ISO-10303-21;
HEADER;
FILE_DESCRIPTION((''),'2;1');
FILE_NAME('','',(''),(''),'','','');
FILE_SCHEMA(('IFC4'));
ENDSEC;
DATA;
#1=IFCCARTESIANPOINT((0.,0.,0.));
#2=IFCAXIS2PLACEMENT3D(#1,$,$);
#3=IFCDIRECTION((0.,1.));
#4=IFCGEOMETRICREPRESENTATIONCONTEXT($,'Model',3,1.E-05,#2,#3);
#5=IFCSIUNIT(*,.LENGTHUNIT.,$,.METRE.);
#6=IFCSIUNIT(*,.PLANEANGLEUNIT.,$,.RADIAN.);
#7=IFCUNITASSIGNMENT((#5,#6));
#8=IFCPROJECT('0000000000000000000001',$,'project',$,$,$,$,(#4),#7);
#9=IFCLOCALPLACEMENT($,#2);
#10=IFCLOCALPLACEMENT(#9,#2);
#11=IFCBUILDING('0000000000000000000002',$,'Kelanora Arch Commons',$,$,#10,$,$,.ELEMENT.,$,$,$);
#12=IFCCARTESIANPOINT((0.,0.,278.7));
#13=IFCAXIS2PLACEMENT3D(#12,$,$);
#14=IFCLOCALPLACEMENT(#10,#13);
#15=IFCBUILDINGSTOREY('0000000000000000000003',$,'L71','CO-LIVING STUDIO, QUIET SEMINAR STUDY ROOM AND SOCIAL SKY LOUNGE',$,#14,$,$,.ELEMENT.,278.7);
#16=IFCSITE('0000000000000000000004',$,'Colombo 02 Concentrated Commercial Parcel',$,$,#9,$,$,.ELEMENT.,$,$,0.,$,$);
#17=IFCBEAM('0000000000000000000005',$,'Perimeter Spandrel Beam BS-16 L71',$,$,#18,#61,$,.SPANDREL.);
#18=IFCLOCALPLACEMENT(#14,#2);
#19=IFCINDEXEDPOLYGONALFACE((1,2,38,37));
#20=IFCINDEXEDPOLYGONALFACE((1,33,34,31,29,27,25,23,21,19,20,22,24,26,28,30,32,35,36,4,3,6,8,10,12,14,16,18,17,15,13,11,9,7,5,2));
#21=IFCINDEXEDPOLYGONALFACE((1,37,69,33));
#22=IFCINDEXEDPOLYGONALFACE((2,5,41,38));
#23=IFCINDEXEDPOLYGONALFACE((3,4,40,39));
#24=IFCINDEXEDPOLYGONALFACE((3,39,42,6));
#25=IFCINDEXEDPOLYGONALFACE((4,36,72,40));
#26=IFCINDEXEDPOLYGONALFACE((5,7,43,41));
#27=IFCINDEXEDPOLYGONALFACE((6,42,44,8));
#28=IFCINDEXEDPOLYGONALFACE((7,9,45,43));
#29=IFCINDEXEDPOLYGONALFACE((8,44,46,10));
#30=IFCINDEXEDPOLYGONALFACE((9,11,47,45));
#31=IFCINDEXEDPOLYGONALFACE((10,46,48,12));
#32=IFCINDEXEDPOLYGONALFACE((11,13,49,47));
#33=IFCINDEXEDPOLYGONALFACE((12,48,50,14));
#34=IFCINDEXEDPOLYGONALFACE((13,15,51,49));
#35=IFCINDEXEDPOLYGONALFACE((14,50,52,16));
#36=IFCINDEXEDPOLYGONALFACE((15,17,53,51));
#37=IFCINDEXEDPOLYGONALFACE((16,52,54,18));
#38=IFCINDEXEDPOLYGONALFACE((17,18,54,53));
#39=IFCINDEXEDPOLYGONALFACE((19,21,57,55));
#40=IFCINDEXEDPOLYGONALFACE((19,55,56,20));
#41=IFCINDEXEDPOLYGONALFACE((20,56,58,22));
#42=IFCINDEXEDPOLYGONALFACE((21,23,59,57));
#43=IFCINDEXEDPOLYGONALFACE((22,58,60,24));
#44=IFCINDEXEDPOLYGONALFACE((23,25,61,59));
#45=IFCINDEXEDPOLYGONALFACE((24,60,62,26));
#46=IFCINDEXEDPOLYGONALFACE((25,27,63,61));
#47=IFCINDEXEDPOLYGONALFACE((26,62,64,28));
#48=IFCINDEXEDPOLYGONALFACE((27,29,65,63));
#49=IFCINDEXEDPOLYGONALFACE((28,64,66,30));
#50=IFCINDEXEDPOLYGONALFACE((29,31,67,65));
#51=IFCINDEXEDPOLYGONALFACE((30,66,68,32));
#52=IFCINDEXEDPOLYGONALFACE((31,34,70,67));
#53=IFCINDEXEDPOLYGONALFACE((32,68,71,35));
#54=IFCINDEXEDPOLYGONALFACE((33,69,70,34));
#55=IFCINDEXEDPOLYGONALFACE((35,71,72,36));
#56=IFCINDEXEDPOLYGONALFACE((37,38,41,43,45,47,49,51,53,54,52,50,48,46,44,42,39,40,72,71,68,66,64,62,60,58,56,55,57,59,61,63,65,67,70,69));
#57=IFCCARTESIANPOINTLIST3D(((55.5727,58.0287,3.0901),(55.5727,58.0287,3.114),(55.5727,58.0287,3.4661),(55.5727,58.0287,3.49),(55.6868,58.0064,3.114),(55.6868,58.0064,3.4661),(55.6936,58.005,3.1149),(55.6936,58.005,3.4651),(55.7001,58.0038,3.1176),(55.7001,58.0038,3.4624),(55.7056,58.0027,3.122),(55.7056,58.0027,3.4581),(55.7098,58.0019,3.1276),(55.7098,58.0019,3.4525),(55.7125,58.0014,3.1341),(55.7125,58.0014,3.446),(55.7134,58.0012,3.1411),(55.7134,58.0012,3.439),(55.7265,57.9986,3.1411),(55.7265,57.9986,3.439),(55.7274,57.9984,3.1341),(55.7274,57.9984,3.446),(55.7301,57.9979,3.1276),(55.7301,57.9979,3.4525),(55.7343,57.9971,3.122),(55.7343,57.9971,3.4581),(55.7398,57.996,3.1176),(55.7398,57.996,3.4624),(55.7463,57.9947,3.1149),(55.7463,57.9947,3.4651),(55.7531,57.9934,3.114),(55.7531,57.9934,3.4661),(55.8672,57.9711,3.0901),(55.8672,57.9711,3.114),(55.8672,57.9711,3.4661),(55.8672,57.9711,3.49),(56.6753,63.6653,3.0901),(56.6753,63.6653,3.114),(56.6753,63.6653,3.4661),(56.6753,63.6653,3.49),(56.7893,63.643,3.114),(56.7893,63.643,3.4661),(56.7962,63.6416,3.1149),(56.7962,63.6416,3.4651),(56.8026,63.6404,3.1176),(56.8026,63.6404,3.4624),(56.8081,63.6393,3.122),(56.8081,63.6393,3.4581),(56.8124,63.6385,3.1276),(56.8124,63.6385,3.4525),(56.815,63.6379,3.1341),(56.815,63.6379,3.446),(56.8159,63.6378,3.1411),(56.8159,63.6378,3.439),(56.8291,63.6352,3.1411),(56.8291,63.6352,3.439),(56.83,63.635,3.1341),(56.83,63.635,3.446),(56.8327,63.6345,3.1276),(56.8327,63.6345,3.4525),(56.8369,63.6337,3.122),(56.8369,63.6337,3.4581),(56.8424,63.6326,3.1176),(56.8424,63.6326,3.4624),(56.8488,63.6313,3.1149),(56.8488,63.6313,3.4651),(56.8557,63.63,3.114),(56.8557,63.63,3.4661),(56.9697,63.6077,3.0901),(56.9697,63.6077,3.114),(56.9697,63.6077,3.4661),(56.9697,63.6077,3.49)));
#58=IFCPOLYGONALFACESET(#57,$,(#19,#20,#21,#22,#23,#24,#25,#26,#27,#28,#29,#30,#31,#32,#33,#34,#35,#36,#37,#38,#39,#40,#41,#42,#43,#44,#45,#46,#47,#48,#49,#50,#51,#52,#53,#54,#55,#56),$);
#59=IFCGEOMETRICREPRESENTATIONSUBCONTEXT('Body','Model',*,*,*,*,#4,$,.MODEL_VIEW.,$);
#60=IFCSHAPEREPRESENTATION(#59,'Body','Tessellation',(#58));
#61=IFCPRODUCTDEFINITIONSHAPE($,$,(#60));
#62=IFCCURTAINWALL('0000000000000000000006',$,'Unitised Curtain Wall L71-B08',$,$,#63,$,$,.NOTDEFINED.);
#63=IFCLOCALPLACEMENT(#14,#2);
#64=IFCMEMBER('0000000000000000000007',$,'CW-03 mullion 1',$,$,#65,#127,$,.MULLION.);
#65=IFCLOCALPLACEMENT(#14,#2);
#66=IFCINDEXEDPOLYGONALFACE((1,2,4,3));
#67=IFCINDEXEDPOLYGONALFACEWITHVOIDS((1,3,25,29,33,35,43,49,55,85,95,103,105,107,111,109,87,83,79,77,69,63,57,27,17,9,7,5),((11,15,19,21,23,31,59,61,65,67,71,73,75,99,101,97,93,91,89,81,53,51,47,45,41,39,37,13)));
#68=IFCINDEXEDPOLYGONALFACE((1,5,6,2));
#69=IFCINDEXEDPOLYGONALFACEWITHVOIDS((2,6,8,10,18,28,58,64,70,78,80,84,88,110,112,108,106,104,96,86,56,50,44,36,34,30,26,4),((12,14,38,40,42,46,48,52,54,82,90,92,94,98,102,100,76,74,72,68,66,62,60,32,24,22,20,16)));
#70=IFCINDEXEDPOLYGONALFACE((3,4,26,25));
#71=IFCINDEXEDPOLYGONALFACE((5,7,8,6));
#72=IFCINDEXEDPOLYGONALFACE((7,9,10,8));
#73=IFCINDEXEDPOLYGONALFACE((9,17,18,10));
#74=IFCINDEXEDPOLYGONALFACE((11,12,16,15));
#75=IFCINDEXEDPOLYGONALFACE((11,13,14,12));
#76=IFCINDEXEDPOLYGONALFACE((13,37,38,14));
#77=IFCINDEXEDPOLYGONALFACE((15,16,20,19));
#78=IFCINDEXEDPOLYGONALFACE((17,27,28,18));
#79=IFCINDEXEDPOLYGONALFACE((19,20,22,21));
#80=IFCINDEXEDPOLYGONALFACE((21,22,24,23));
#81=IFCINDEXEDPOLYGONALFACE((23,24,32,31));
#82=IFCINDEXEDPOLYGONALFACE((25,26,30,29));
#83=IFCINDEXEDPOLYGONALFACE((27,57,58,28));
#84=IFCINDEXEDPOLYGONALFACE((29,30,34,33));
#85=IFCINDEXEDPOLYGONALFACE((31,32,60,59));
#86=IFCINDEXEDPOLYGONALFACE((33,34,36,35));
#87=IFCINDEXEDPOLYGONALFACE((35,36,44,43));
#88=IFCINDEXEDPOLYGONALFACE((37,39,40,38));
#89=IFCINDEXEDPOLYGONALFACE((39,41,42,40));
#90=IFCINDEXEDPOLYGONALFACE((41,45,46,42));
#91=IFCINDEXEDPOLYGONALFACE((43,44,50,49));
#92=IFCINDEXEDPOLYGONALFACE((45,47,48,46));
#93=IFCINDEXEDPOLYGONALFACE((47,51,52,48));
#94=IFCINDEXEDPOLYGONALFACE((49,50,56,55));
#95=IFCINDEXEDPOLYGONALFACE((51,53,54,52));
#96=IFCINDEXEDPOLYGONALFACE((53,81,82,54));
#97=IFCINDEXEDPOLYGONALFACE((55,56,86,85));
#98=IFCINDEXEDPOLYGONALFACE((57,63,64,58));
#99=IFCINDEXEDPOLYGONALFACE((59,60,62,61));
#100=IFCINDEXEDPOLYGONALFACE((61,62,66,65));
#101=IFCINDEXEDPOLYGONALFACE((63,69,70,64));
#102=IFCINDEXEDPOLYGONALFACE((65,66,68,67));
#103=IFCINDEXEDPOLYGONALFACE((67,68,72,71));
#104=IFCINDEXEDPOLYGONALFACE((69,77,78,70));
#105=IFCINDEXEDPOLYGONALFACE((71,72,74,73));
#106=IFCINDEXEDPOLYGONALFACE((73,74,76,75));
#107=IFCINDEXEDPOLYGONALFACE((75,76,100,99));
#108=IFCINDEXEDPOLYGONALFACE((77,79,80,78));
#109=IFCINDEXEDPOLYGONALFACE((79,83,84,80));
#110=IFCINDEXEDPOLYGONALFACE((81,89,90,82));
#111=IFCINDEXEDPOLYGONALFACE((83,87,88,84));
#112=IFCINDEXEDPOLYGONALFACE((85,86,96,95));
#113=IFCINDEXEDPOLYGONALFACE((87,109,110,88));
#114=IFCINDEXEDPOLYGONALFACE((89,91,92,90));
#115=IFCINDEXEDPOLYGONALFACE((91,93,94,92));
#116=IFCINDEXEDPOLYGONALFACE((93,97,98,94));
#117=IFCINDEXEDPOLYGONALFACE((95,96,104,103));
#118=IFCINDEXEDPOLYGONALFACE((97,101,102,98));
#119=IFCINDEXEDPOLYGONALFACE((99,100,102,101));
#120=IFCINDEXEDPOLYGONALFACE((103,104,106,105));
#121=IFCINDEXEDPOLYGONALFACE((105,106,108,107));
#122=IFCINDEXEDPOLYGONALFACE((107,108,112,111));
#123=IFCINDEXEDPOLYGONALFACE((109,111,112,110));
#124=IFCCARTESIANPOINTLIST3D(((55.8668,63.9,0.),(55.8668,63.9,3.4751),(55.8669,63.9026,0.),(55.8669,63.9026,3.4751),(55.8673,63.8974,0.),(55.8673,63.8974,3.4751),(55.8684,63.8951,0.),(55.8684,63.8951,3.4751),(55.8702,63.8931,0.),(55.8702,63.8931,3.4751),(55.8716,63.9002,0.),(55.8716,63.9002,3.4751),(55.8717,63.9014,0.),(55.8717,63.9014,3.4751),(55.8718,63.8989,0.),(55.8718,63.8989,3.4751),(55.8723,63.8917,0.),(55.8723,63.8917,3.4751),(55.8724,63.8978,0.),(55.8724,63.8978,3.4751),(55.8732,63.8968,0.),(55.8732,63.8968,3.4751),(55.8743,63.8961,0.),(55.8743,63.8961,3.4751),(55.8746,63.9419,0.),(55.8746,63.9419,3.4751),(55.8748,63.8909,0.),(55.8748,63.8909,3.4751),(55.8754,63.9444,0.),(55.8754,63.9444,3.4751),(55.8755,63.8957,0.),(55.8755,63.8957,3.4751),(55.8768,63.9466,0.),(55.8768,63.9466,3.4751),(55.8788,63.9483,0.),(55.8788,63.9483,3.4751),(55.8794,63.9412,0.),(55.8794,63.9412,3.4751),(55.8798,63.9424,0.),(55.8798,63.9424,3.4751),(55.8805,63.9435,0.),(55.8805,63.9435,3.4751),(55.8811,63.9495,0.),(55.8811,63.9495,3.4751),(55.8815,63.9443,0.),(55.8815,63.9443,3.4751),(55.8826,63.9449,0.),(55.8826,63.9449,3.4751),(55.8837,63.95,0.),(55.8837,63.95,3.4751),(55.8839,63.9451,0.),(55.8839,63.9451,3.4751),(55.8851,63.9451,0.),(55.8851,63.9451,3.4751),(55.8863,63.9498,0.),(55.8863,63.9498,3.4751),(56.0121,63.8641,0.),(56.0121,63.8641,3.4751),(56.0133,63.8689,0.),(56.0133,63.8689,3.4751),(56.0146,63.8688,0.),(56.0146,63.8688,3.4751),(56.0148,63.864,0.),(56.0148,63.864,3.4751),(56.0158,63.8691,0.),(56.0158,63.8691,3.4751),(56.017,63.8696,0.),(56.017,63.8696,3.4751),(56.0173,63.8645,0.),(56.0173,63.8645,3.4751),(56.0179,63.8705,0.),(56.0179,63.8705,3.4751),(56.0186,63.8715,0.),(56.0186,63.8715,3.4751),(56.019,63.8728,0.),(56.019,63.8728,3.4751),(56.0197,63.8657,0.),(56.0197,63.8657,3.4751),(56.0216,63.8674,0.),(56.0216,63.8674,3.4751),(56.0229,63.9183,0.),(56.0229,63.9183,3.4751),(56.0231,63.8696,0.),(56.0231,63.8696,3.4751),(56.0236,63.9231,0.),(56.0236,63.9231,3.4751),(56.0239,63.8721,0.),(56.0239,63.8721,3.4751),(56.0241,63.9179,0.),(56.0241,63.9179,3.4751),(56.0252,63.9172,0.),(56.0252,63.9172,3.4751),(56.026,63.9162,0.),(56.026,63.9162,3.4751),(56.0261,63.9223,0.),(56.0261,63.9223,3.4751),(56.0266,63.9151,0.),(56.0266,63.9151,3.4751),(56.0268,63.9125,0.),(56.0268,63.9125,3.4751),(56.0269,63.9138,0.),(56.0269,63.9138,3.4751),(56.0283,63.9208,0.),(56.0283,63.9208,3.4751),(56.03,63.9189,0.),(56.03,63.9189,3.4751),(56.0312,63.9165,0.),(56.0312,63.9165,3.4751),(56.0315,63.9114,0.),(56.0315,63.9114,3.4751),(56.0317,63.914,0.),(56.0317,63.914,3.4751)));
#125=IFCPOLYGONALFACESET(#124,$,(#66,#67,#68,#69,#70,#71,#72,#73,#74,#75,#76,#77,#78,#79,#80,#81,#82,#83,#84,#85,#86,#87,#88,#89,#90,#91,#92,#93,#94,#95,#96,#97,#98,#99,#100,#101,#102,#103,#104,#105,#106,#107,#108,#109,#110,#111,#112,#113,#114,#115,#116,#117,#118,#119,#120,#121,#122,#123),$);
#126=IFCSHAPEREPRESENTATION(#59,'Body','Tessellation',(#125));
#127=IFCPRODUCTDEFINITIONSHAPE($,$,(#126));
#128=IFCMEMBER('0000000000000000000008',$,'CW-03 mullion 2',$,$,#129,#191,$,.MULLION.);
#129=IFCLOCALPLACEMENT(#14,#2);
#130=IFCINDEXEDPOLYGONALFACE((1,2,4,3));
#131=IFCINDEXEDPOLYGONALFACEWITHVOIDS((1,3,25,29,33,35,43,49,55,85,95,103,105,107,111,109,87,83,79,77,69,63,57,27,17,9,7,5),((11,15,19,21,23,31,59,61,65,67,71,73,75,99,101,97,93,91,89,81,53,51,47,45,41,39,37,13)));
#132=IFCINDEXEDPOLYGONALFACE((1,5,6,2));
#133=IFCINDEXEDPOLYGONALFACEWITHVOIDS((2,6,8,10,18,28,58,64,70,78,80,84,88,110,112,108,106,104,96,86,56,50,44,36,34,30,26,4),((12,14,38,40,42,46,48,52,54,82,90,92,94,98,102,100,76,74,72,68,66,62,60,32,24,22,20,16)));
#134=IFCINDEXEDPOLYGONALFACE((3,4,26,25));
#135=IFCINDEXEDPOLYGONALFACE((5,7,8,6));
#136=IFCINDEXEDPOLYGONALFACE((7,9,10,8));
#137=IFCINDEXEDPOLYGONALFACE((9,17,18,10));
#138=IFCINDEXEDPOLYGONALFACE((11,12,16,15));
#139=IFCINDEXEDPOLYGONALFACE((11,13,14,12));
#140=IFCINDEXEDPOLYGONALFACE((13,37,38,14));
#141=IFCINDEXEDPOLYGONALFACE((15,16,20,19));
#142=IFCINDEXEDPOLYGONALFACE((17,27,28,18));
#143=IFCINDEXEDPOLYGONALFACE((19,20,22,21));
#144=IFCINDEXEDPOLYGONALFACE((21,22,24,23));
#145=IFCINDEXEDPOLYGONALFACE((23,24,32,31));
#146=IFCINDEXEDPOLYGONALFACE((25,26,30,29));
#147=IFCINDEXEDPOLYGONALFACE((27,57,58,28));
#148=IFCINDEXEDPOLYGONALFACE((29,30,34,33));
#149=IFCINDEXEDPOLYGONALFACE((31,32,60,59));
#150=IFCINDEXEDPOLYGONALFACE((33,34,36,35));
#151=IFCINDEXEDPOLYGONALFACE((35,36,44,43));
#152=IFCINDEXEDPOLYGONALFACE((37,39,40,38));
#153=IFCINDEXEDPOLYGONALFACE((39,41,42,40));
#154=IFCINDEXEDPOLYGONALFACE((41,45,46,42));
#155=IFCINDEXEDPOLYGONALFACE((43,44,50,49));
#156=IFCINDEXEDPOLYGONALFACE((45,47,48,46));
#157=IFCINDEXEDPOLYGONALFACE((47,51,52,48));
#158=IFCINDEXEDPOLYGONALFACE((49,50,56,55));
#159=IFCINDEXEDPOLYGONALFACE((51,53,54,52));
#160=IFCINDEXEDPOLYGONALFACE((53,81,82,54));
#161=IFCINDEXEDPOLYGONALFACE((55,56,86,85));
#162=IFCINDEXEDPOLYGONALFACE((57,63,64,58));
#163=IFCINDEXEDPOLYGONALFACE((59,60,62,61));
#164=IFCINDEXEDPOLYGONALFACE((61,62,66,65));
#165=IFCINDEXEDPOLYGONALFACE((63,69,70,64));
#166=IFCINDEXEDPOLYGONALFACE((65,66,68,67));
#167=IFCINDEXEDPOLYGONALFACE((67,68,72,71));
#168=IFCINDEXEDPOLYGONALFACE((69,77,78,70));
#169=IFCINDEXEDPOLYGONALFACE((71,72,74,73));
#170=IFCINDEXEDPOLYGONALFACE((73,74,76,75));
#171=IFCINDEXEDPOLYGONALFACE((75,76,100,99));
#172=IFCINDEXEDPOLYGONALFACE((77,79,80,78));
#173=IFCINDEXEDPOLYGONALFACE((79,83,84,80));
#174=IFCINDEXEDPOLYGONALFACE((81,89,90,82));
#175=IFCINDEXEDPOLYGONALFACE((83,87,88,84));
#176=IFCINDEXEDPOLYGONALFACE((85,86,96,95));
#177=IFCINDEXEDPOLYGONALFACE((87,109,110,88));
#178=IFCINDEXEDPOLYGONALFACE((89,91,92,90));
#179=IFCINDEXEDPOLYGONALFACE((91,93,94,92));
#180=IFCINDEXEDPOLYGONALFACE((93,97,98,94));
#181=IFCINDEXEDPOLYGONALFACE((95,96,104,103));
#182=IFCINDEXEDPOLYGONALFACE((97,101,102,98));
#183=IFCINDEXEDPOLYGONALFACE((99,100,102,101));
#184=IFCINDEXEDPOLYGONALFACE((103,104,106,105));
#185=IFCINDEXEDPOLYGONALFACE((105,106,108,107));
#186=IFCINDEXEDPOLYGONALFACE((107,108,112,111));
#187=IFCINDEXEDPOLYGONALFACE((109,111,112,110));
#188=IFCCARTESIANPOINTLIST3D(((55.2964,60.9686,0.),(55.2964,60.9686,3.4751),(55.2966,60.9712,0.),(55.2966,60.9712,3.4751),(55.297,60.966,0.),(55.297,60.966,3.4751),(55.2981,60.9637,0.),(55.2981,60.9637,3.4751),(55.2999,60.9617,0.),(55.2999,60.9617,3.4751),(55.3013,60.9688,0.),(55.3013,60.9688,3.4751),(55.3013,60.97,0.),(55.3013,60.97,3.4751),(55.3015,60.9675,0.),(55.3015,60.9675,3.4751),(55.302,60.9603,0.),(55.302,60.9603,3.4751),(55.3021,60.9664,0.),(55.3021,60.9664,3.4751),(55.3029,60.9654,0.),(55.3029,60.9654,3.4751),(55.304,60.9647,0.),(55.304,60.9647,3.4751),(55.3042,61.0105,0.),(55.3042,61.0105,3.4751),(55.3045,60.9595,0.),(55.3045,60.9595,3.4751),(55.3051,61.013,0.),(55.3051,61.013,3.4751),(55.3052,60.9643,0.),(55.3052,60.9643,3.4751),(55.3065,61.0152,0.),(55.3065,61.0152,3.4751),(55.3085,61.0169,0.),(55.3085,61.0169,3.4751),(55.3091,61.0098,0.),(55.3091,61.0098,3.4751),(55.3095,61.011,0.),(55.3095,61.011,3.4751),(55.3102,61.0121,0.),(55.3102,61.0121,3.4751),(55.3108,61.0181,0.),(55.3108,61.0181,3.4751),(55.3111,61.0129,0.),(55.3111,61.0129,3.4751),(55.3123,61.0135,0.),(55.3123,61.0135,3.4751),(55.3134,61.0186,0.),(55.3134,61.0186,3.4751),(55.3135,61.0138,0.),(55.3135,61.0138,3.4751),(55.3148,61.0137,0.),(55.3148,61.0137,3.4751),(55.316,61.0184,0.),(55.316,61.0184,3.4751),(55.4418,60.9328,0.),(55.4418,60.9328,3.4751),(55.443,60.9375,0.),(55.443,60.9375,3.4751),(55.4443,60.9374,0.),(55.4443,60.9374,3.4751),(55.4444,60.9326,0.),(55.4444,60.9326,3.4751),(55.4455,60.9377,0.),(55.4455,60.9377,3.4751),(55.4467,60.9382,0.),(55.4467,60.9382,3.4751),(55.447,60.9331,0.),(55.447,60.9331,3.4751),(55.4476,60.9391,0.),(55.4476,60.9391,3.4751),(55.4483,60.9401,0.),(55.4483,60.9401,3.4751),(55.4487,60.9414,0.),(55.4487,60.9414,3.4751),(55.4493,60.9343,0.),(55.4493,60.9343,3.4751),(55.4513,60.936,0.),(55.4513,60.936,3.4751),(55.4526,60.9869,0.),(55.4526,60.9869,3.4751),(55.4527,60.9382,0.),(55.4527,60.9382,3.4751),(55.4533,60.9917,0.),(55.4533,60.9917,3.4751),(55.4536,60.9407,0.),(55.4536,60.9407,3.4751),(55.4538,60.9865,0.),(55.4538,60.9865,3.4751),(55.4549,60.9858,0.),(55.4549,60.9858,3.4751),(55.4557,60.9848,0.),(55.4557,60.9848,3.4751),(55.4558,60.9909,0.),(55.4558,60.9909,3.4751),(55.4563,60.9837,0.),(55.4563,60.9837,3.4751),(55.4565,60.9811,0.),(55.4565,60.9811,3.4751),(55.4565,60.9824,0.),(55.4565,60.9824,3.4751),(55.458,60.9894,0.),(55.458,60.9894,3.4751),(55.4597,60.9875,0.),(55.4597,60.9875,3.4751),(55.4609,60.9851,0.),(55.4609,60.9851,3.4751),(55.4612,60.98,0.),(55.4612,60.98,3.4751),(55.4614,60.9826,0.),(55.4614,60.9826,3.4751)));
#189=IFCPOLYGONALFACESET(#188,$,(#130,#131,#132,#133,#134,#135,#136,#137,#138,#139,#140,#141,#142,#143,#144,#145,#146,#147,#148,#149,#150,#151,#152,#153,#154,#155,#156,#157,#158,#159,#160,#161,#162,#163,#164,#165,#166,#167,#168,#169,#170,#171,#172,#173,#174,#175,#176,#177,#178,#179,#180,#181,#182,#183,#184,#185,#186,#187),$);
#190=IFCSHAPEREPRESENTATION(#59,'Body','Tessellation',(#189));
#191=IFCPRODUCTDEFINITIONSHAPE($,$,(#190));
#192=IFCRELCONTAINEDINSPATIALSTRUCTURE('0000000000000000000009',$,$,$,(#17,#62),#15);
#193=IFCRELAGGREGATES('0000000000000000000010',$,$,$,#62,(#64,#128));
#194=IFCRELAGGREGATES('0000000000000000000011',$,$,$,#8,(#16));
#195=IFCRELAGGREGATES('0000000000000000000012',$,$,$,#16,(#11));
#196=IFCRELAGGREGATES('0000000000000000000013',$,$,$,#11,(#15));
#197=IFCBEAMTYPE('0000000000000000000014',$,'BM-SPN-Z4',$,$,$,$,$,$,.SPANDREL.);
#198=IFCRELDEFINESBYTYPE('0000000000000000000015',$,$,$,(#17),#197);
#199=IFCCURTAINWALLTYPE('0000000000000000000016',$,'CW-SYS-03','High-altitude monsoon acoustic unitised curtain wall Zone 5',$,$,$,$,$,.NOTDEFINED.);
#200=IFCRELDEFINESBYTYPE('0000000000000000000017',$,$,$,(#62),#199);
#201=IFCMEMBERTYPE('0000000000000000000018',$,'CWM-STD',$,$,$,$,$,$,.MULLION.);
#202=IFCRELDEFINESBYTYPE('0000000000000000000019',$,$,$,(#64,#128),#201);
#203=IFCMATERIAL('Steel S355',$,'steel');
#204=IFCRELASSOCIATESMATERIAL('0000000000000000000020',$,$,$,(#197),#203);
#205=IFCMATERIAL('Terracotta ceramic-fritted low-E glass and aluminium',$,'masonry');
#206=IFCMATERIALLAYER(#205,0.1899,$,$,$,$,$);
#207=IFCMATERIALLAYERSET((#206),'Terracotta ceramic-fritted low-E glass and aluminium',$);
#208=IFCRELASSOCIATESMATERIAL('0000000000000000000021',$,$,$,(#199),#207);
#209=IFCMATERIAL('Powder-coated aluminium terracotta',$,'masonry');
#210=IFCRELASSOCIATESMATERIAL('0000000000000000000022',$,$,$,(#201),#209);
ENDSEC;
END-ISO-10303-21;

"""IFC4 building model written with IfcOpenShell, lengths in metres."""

from ifc_helpers import new_model, si_unit, direction, frame, origin, origin_2d, place, context, subcontext, project, spatial, hollow_rectangle, i_section, extrude, material, layer, layer_set, material_profile, profile_set, type_object, element, aggregate, save


model = new_model("IFC4")

# Units and contexts
model_context = context("Model", 3, precision=1e-05, world=origin(), true_north=direction((0.0, 1.0)))
body_context = subcontext(model_context, "Body", "Model", "MODEL_VIEW")
ifc_project = project(units=[si_unit("LENGTHUNIT", "METRE"), si_unit("PLANEANGLEUNIT", "RADIAN")], contexts=[model_context])

# Site, building, storey
site_placement = place(None, origin())
site = spatial("IfcSite", under=ifc_project, at=site_placement, Name="Colombo 02 Concentrated Commercial Parcel", CompositionType="ELEMENT", RefElevation=0.0)
building_placement = place(site_placement, origin())
building = spatial("IfcBuilding", under=site, at=building_placement, Name="Kelanora Arch Commons", CompositionType="ELEMENT")
storey_placement = place(building_placement, frame((0.0, 0.0, 278.7)))
storey = spatial("IfcBuildingStorey", under=building, at=storey_placement, Name="L71", Description="CO-LIVING STUDIO, QUIET SEMINAR STUDY ROOM AND SOCIAL SKY LOUNGE", CompositionType="ELEMENT", Elevation=278.7)

# Beam
ifc_material_1 = material(Name="Steel S355", Category="steel")
ifc_material_profile_1 = material_profile(ifc_material_1, i_section(OverallWidth=0.3, OverallDepth=0.3999, WebThickness=0.0134, FlangeThickness=0.0239, FilletRadius=0.0271, at=origin_2d()), Name="HEB400")
ifc_profile_set_1 = profile_set([ifc_material_profile_1], Name="Steel S355")
beam_type_1 = type_object("IfcBeamType", Name="BM-SPN-Z4", PredefinedType="SPANDREL", material=ifc_profile_set_1)
beam_1_placement = place(storey_placement, frame((56.8225, 63.6365, 3.29), z_axis=(-0.19197, -0.981401, 0.0), x_axis=(0.981401, -0.19197, 0.0)))
element("IfcBeam", 1, at=beam_1_placement, inside=storey, type_object=beam_type_1, Name="Perimeter Spandrel Beam BS-16 L71", PredefinedType="SPANDREL", context=body_context, shape_type="SweptSolid", body=[
    extrude(i_section(OverallWidth=0.3, OverallDepth=0.3999, WebThickness=0.0134, FlangeThickness=0.0239, FilletRadius=0.0271, at=origin_2d()), origin(), (0.0, 0.0, 1.0), 5.7434),
])

# Curtain wall, members
ifc_material_2 = material(Name="Terracotta ceramic-fritted low-E glass and aluminium", Category="masonry")
ifc_layer_1 = layer(ifc_material_2, 0.1899)
ifc_layer_set_1 = layer_set([ifc_layer_1], Name="Terracotta ceramic-fritted low-E glass and aluminium")
curtain_wall_type = type_object("IfcCurtainWallType", Name="CW-SYS-03", Description="High-altitude monsoon acoustic unitised curtain wall Zone 5", PredefinedType="NOTDEFINED", material=ifc_layer_set_1)
curtain_wall_placement = place(storey_placement, origin())
curtain_wall = element("IfcCurtainWall", 2, at=curtain_wall_placement, inside=storey, type_object=curtain_wall_type, Name="Unitised Curtain Wall L71-B08", PredefinedType="NOTDEFINED")
ifc_material_3 = material(Name="Powder-coated aluminium terracotta", Category="masonry")
ifc_material_profile_2 = material_profile(ifc_material_3, hollow_rectangle(XDim=0.1599, YDim=0.0601, WallThickness=0.0049, InnerFilletRadius=0.0049, OuterFilletRadius=0.01, at=origin_2d()), Name="CWM160x60")
ifc_profile_set_2 = profile_set([ifc_material_profile_2], Name="Powder-coated aluminium terracotta")
member_type_1 = type_object("IfcMemberType", Name="CWM-STD", PredefinedType="MULLION", material=ifc_profile_set_2)
member_1_placement = place(storey_placement, frame((55.9492, 63.907, 0.0), z_axis=(0.0, 0.0, 1.0), x_axis=(0.981596, -0.190972, 0.0)))
member_1 = element("IfcMember", 3, at=member_1_placement, type_object=member_type_1, Name="CW-03 mullion 1", PredefinedType="MULLION", context=body_context, shape_type="SweptSolid", body=[
    extrude(hollow_rectangle(XDim=0.1599, YDim=0.0601, WallThickness=0.0049, InnerFilletRadius=0.0049, OuterFilletRadius=0.01, at=origin_2d()), origin(), (0.0, 0.0, 1.0), 3.4751),
])
member_2_placement = place(storey_placement, frame((55.3789, 60.9756, 0.0), z_axis=(0.0, 0.0, 1.0), x_axis=(0.981596, -0.190972, 0.0)))
member_2 = element("IfcMember", 4, at=member_2_placement, type_object=member_type_1, Name="CW-03 mullion 2", PredefinedType="MULLION", context=body_context, shape_type="SweptSolid", body=[
    extrude(hollow_rectangle(XDim=0.1599, YDim=0.0601, WallThickness=0.0049, InnerFilletRadius=0.0049, OuterFilletRadius=0.01, at=origin_2d()), origin(), (0.0, 0.0, 1.0), 3.4751),
])
aggregate(curtain_wall, [member_1, member_2])

save(model, "model.ifc")
